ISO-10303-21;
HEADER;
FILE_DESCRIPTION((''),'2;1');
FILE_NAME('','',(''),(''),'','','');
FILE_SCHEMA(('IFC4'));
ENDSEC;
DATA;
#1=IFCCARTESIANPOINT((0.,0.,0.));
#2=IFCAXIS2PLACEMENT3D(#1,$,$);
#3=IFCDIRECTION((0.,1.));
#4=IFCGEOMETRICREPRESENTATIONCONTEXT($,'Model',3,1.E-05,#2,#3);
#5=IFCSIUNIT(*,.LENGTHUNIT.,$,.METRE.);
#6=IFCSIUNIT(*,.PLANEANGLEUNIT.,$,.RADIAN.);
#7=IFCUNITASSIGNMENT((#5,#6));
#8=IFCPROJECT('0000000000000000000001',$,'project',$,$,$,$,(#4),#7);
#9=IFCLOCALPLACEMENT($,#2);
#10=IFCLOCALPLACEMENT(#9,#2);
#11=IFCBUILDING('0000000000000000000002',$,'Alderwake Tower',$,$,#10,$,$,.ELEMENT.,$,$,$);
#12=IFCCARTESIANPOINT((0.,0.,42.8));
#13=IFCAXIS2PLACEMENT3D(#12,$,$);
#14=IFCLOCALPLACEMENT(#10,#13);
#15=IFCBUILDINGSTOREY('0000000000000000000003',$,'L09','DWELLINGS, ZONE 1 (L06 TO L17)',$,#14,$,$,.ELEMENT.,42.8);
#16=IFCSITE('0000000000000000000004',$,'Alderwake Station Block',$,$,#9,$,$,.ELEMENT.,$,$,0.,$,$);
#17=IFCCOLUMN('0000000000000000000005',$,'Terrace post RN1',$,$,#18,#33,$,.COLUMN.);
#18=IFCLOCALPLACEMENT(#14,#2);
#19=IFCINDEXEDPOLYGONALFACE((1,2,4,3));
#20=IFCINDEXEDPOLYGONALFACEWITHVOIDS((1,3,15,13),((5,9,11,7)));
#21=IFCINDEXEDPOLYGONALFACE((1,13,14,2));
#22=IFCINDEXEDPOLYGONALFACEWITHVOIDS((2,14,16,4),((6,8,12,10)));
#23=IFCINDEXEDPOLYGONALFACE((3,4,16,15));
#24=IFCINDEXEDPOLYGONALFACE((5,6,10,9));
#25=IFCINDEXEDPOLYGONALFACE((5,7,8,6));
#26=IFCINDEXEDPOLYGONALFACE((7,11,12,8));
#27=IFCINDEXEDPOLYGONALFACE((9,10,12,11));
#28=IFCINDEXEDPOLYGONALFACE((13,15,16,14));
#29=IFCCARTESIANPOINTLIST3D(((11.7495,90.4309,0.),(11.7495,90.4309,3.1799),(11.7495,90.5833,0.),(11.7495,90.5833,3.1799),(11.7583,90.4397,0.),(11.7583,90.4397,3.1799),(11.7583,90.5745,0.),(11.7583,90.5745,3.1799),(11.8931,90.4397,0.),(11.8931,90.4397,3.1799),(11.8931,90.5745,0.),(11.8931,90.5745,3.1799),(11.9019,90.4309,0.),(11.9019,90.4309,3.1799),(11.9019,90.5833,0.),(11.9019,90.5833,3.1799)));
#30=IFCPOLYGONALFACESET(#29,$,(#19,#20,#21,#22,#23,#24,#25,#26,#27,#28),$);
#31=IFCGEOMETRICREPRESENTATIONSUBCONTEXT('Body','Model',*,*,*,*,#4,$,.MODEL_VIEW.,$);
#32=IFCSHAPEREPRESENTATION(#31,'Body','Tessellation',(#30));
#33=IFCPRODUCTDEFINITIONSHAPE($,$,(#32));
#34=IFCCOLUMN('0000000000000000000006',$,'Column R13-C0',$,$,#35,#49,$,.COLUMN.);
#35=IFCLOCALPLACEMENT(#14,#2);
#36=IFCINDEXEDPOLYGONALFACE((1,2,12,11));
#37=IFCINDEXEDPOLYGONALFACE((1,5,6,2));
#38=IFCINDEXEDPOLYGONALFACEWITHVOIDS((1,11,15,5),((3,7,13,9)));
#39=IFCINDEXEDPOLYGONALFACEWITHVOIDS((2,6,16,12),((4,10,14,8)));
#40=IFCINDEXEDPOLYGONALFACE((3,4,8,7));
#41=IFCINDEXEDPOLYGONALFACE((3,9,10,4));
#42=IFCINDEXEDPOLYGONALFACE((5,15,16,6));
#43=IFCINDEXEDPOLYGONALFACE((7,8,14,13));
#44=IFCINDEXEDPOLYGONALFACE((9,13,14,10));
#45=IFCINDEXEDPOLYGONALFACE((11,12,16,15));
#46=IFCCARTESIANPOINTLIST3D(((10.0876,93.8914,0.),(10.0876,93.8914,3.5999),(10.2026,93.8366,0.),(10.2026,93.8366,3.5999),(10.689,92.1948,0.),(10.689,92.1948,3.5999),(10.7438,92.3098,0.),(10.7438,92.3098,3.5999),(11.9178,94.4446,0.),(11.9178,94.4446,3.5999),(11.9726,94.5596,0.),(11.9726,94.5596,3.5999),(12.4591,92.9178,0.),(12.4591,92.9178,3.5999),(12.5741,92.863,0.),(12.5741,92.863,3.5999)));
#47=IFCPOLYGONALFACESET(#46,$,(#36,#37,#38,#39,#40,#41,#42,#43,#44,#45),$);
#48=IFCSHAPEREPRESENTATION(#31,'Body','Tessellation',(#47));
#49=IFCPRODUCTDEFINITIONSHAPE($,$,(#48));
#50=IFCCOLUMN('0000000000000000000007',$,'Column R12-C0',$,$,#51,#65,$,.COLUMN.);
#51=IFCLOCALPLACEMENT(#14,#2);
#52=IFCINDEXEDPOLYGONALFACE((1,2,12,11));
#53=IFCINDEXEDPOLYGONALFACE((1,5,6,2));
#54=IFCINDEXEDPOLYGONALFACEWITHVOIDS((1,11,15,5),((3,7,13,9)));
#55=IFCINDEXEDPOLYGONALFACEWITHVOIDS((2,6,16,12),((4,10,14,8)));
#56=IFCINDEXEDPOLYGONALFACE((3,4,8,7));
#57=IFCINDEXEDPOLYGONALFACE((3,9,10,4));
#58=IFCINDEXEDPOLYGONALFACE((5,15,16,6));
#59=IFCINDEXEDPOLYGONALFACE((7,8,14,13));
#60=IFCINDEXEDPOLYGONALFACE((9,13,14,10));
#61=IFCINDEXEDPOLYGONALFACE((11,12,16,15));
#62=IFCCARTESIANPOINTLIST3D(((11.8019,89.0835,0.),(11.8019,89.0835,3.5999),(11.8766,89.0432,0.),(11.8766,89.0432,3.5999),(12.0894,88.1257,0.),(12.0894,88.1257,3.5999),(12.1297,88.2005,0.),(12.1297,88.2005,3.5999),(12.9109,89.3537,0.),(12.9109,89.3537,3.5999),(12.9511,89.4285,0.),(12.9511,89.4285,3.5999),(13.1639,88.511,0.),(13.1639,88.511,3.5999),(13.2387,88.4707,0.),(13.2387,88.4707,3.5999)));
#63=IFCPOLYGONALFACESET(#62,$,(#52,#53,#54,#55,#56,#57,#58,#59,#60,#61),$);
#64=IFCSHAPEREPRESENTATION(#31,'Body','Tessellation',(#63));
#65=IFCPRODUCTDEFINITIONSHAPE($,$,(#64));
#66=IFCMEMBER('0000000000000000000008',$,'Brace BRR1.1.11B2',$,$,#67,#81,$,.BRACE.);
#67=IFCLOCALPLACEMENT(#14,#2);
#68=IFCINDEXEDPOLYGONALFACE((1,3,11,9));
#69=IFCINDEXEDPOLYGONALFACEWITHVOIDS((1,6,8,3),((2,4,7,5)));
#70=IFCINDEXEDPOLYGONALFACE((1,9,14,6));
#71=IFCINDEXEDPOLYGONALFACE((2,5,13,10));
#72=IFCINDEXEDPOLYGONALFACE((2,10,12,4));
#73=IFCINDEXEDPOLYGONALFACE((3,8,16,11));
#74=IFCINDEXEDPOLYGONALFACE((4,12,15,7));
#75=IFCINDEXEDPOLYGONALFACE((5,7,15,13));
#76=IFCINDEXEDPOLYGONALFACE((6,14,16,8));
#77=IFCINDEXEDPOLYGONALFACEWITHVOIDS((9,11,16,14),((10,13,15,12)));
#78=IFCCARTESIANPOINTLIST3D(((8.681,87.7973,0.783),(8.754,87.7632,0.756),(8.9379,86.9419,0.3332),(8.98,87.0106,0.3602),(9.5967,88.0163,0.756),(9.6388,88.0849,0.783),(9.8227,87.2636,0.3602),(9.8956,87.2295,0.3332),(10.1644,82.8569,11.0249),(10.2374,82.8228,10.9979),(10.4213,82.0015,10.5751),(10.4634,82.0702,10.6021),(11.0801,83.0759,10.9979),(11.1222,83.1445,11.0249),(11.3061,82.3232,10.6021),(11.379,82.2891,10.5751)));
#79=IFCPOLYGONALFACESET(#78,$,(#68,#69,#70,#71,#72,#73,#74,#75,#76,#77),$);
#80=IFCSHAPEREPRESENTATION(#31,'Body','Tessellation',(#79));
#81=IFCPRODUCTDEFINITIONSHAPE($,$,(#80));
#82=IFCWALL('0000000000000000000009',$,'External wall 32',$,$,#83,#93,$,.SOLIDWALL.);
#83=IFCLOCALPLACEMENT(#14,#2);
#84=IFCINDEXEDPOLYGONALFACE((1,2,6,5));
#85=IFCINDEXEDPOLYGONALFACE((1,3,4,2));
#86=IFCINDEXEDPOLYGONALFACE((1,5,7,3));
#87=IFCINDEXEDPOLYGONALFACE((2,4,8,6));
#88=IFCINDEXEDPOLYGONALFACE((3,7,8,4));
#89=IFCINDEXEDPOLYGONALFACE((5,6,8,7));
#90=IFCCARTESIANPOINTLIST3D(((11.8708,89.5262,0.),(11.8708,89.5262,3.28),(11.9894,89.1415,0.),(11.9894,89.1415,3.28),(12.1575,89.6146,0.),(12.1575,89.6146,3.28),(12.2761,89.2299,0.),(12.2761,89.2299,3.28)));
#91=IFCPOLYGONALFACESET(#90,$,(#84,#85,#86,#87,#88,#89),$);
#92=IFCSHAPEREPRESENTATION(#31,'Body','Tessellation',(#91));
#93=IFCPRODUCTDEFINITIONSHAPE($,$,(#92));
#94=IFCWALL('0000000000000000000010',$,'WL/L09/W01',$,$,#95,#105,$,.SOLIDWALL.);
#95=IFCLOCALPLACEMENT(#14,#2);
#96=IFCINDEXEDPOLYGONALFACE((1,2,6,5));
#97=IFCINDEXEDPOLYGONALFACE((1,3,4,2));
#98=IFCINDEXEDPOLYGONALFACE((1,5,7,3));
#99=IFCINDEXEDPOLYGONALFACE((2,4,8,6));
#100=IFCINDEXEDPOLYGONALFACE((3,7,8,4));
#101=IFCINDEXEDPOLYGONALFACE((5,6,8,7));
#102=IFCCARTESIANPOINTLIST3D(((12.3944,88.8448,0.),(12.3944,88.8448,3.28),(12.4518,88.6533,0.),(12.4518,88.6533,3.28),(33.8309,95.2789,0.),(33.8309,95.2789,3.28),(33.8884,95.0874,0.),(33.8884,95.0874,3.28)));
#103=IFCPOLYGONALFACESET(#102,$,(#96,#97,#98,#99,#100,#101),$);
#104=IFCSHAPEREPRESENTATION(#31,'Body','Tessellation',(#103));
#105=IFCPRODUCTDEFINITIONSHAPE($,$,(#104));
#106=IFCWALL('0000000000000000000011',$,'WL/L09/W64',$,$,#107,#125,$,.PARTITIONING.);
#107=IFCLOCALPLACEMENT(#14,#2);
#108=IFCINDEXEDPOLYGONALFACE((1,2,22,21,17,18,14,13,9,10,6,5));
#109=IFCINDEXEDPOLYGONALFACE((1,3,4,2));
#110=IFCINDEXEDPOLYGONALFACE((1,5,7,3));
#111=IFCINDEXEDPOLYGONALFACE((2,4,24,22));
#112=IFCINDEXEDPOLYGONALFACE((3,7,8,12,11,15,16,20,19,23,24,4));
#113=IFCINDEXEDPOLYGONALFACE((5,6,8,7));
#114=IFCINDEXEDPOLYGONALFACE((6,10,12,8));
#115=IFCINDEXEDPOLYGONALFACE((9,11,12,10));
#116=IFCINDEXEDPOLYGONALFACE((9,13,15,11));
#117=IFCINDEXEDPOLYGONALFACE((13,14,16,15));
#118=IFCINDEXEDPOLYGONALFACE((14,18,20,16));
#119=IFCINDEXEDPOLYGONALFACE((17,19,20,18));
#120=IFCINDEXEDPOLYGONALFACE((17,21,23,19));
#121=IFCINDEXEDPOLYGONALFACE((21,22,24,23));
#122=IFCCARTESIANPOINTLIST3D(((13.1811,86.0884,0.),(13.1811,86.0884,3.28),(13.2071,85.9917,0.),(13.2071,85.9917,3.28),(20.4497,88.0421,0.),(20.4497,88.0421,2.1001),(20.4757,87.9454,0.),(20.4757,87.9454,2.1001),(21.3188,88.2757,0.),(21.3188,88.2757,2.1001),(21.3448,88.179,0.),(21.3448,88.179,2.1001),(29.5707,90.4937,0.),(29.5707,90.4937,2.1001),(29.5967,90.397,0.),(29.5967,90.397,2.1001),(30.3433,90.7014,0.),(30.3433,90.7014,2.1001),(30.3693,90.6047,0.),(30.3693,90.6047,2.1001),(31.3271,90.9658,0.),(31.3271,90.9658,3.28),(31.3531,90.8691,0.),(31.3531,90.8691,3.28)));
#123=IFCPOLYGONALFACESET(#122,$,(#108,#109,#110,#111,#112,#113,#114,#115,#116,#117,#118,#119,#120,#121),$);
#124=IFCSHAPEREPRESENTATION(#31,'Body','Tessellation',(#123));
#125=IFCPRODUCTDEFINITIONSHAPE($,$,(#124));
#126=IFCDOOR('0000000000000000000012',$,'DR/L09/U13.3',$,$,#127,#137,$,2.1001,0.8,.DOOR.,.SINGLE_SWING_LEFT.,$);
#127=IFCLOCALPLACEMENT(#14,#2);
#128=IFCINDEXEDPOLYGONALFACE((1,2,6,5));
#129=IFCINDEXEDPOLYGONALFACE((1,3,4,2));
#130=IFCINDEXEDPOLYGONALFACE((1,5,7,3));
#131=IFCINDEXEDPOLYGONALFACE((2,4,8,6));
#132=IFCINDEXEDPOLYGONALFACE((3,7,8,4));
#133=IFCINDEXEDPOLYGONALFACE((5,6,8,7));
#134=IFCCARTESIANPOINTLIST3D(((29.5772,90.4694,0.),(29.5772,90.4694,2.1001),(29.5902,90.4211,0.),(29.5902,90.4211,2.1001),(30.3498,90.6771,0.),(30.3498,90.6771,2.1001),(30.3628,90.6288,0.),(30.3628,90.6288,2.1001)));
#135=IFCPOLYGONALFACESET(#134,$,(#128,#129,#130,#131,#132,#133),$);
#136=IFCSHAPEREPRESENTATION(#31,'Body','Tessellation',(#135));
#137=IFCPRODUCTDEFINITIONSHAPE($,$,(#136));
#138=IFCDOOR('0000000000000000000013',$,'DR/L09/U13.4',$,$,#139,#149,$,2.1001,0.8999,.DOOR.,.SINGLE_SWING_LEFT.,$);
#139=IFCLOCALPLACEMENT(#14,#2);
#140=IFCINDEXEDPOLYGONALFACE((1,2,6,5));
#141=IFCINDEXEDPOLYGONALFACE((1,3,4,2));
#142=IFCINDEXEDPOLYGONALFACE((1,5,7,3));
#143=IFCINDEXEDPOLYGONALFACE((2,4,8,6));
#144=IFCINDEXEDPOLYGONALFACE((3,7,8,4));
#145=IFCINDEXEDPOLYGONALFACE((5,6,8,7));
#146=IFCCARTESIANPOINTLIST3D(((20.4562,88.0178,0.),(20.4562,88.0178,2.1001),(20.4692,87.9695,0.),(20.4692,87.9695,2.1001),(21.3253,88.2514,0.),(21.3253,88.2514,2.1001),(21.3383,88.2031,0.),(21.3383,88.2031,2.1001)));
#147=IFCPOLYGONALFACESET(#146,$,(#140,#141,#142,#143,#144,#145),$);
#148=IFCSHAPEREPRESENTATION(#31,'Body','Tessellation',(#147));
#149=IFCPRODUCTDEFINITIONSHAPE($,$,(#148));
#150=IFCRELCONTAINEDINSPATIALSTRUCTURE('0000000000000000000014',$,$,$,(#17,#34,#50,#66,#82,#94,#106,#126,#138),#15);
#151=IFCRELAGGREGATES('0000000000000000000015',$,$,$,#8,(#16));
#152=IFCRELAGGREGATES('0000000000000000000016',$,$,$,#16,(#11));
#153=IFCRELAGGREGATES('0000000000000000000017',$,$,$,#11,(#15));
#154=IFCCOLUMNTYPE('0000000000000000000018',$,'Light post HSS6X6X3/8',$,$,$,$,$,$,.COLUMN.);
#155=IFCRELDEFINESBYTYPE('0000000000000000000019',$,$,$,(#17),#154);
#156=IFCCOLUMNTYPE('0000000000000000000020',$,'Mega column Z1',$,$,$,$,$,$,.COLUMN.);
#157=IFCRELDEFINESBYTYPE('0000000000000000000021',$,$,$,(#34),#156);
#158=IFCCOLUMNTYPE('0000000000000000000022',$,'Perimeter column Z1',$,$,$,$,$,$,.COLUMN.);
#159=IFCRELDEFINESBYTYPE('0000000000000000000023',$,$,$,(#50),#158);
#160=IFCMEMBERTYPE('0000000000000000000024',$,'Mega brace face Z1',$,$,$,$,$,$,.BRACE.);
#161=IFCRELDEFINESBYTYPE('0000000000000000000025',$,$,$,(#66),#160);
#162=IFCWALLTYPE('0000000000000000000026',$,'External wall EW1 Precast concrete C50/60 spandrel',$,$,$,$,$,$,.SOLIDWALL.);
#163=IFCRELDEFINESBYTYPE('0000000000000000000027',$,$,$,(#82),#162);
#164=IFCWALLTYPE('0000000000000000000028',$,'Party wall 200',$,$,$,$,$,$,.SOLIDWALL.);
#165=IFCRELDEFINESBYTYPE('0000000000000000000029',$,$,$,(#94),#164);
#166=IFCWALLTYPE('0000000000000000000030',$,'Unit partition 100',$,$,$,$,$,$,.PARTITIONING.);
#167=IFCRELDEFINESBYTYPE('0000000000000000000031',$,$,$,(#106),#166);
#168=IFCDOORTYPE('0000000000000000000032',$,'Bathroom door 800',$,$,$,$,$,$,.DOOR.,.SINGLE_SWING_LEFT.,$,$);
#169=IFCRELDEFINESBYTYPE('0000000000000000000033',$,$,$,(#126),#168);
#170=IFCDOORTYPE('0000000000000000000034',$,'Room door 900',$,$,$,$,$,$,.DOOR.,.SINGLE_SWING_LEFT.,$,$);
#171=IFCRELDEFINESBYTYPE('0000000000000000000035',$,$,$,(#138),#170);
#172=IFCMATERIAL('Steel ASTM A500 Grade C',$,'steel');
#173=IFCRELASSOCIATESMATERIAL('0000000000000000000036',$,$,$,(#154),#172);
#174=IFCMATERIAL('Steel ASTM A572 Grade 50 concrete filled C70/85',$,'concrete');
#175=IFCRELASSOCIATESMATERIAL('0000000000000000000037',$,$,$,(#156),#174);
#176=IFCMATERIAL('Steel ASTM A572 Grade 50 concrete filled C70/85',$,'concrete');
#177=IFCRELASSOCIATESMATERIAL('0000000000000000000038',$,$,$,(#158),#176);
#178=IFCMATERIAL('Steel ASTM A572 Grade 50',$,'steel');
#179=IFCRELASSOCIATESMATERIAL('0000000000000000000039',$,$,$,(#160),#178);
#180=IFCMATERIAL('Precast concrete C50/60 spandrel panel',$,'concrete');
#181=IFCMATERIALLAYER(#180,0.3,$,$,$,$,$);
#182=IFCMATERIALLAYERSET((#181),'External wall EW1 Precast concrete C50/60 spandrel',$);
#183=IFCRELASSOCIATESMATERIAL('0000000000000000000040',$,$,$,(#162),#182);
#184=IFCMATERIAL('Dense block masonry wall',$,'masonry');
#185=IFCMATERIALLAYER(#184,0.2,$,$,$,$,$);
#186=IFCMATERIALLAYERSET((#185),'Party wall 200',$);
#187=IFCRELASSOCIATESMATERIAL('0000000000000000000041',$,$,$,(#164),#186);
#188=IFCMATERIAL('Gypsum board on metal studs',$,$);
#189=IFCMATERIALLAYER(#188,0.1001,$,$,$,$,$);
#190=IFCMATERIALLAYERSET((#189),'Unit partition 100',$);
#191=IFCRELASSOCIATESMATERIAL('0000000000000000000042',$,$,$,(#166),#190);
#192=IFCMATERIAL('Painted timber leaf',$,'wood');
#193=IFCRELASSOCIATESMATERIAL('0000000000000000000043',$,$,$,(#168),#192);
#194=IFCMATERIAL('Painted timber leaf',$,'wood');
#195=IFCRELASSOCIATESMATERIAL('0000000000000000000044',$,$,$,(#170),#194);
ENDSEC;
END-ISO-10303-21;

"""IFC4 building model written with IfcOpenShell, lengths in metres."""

from ifc_helpers import new_model, si_unit, direction, frame, frame_2d, origin, origin_2d, place, context, subcontext, project, spatial, rectangle, hollow_rectangle, extrude, material, layer, layer_set, material_profile, profile_set, type_object, element, fill, save


model = new_model("IFC4")

# Units and contexts
model_context = context("Model", 3, precision=1e-05, world=origin(), true_north=direction((0.0, 1.0)))
body_context = subcontext(model_context, "Body", "Model", "MODEL_VIEW")
ifc_project = project(units=[si_unit("LENGTHUNIT", "METRE"), si_unit("PLANEANGLEUNIT", "RADIAN")], contexts=[model_context])

# Site, building, storey
site_placement = place(None, origin())
site = spatial("IfcSite", under=ifc_project, at=site_placement, Name="Alderwake Station Block", CompositionType="ELEMENT", RefElevation=0.0)
building_placement = place(site_placement, origin())
building = spatial("IfcBuilding", under=site, at=building_placement, Name="Alderwake Tower", CompositionType="ELEMENT")
storey_placement = place(building_placement, frame((0.0, 0.0, 42.8)))
storey = spatial("IfcBuildingStorey", under=building, at=storey_placement, Name="L09", Description="DWELLINGS, ZONE 1 (L06 TO L17)", CompositionType="ELEMENT", Elevation=42.8)

# Columns
ifc_material_1 = material(Name="Steel ASTM A500 Grade C", Category="steel")
ifc_material_profile_1 = material_profile(ifc_material_1, hollow_rectangle(XDim=0.1523, YDim=0.1523, WallThickness=0.0088, at=origin_2d()), Name="HSS6X6X3/8")
ifc_profile_set_1 = profile_set([ifc_material_profile_1], Name="Steel ASTM A500 Grade C")
column_type_1 = type_object("IfcColumnType", Name="Light post HSS6X6X3/8", PredefinedType="COLUMN", material=ifc_profile_set_1)
column_1_placement = place(storey_placement, frame((11.8257, 90.5071, 0.0), z_axis=(0.0, 0.0, 1.0), x_axis=(1.0, 0.0, 0.0)))
element("IfcColumn", 1, at=column_1_placement, inside=storey, type_object=column_type_1, Name="Terrace post RN1", PredefinedType="COLUMN", context=body_context, shape_type="SweptSolid", body=[
    extrude(hollow_rectangle(XDim=0.1523, YDim=0.1523, WallThickness=0.0088, at=origin_2d()), origin(), (0.0, 0.0, 1.0), 3.1799),
])
ifc_material_2 = material(Name="Steel ASTM A572 Grade 50 concrete filled C70/85", Category="concrete")
ifc_material_profile_2 = material_profile(ifc_material_2, hollow_rectangle(XDim=1.8, YDim=2.0, WallThickness=0.0901, at=origin_2d()), Name="BOX 2000X1800X90")
ifc_profile_set_2 = profile_set([ifc_material_profile_2], Name="Steel ASTM A572 Grade 50 concrete filled C70/85")
column_type_2 = type_object("IfcColumnType", Name="Mega column Z1", PredefinedType="COLUMN", material=ifc_profile_set_2)
column_2_placement = place(storey_placement, frame((11.3308, 93.3772, 0.0), z_axis=(0.0, 0.0, 1.0), x_axis=(-0.334131, 0.942527, 0.0)))
element("IfcColumn", 2, at=column_2_placement, inside=storey, type_object=column_type_2, Name="Column R13-C0", PredefinedType="COLUMN", context=body_context, shape_type="SweptSolid", body=[
    extrude(hollow_rectangle(XDim=1.8, YDim=2.0, WallThickness=0.0901, at=origin_2d()), origin(), (0.0, 0.0, 1.0), 3.5999),
])
ifc_material_3 = material(Name="Steel ASTM A572 Grade 50 concrete filled C70/85", Category="concrete")
ifc_material_profile_3 = material_profile(ifc_material_3, hollow_rectangle(XDim=1.0, YDim=1.2, WallThickness=0.0601, at=origin_2d()), Name="BOX 1200X1000X60")
ifc_profile_set_3 = profile_set([ifc_material_profile_3], Name="Steel ASTM A572 Grade 50 concrete filled C70/85")
column_type_3 = type_object("IfcColumnType", Name="Perimeter column Z1", PredefinedType="COLUMN", material=ifc_profile_set_3)
column_3_placement = place(storey_placement, frame((12.5203, 88.7771, 0.0), z_axis=(0.0, 0.0, 1.0), x_axis=(-0.287549, 0.957766, 0.0)))
element("IfcColumn", 3, at=column_3_placement, inside=storey, type_object=column_type_3, Name="Column R12-C0", PredefinedType="COLUMN", context=body_context, shape_type="SweptSolid", body=[
    extrude(hollow_rectangle(XDim=1.0, YDim=1.2, WallThickness=0.0601, at=origin_2d()), origin(), (0.0, 0.0, 1.0), 3.5999),
])

# Member
ifc_material_4 = material(Name="Steel ASTM A572 Grade 50", Category="steel")
ifc_material_profile_4 = material_profile(ifc_material_4, hollow_rectangle(XDim=1.0, YDim=1.0, WallThickness=0.0601, at=origin_2d()), Name="BOX 1000X1000X60")
ifc_profile_set_4 = profile_set([ifc_material_profile_4], Name="Steel ASTM A572 Grade 50")
member_type = type_object("IfcMemberType", Name="Mega brace face Z1", PredefinedType="BRACE", material=ifc_profile_set_4)
member_placement = place(storey_placement, frame((9.2883, 87.5134, 0.5581), z_axis=(0.129356, -0.430817, 0.89312), x_axis=(0.957759, 0.287574, 0.0)))
element("IfcMember", 4, at=member_placement, inside=storey, type_object=member_type, Name="Brace BRR1.1.11B2", PredefinedType="BRACE", context=body_context, shape_type="SweptSolid", body=[
    extrude(hollow_rectangle(XDim=1.0, YDim=1.0, WallThickness=0.0601, at=origin_2d()), origin(), (0.0, 0.0, 1.0), 11.4675),
])

# Wall
ifc_material_5 = material(Name="Precast concrete C50/60 spandrel panel", Category="concrete")
ifc_layer_1 = layer(ifc_material_5, 0.3)
ifc_layer_set_1 = layer_set([ifc_layer_1], Name="External wall EW1 Precast concrete C50/60 spandrel")
wall_type_1 = type_object("IfcWallType", Name="External wall EW1 Precast concrete C50/60 spandrel", PredefinedType="SOLIDWALL", material=ifc_layer_set_1)
wall_1_placement = place(storey_placement, frame((12.0142, 89.5703, 0.0), z_axis=(0.0, 0.0, 1.0), x_axis=(0.294682, -0.955595, 0.0)))
element("IfcWall", 5, at=wall_1_placement, inside=storey, type_object=wall_type_1, Name="External wall 32", PredefinedType="SOLIDWALL", context=body_context, shape_type="SweptSolid", body=[
    extrude(rectangle(XDim=0.4026, YDim=0.3, at=frame_2d((0.2012, 0.0))), origin(), (0.0, 0.0, 1.0), 3.28),
])

# Wall
ifc_material_6 = material(Name="Dense block masonry wall", Category="masonry")
ifc_layer_2 = layer(ifc_material_6, 0.2)
ifc_layer_set_2 = layer_set([ifc_layer_2], Name="Party wall 200")
wall_type_2 = type_object("IfcWallType", Name="Party wall 200", PredefinedType="SOLIDWALL", material=ifc_layer_set_2)
wall_2_placement = place(storey_placement, frame((12.4231, 88.749, 0.0), z_axis=(0.0, 0.0, 1.0), x_axis=(0.957788, 0.287476, 0.0)))
element("IfcWall", 6, at=wall_2_placement, inside=storey, type_object=wall_type_2, Name="WL/L09/W01", PredefinedType="SOLIDWALL", context=body_context, shape_type="SweptSolid", body=[
    extrude(rectangle(XDim=22.3813, YDim=0.2, at=frame_2d((11.1907, 0.0))), origin(), (0.0, 0.0, 1.0), 3.28),
])

# Wall, openings, doors
ifc_material_7 = material(Name="Gypsum board on metal studs")
ifc_layer_3 = layer(ifc_material_7, 0.1001)
ifc_layer_set_3 = layer_set([ifc_layer_3], Name="Unit partition 100")
wall_type_3 = type_object("IfcWallType", Name="Unit partition 100", PredefinedType="PARTITIONING", material=ifc_layer_set_3)
wall_3_placement = place(storey_placement, frame((13.1941, 86.04, 0.0), z_axis=(0.0, 0.0, 1.0), x_axis=(0.965723, 0.259576, 0.0)))
wall_3 = element("IfcWall", 7, at=wall_3_placement, inside=storey, type_object=wall_type_3, Name="WL/L09/W64", PredefinedType="PARTITIONING", context=body_context, shape_type="SweptSolid", body=[
    extrude(rectangle(XDim=18.79, YDim=0.1001, at=frame_2d((9.395, 0.0))), origin(), (0.0, 0.0, 1.0), 3.28),
])
opening_1_placement = place(wall_3_placement, frame((16.9714, 0.0, 0.0)))
opening_1 = element("IfcOpeningElement", 8, at=opening_1_placement, cuts=wall_3, PredefinedType="OPENING", context=body_context, shape_type="SweptSolid", body=[
    extrude(rectangle(XDim=0.8, YDim=2.1001, at=frame_2d((0.3999, 1.05))), frame((0.0, 0.0601, 0.0), z_axis=(0.0, -1.0, 0.0), x_axis=(1.0, 0.0, 0.0)), (0.0, 0.0, 1.0), 0.1201),
])
opening_2_placement = place(wall_3_placement, frame((7.5266, 0.0, 0.0)))
opening_2 = element("IfcOpeningElement", 9, at=opening_2_placement, cuts=wall_3, PredefinedType="OPENING", context=body_context, shape_type="SweptSolid", body=[
    extrude(rectangle(XDim=0.8999, YDim=2.1001, at=frame_2d((0.45, 1.05))), frame((0.0, 0.0601, 0.0), z_axis=(0.0, -1.0, 0.0), x_axis=(1.0, 0.0, 0.0)), (0.0, 0.0, 1.0), 0.1201),
])
ifc_material_8 = material(Name="Painted timber leaf", Category="wood")
door_type_1 = type_object("IfcDoorType", Name="Bathroom door 800", OperationType="SINGLE_SWING_LEFT", PredefinedType="DOOR", material=ifc_material_8)
door_1_placement = place(opening_1_placement, origin())
door_1 = element("IfcDoor", 10, at=door_1_placement, inside=storey, type_object=door_type_1, Name="DR/L09/U13.3", OperationType="SINGLE_SWING_LEFT", OverallHeight=2.1001, OverallWidth=0.8, PredefinedType="DOOR", context=body_context, shape_type="SweptSolid", body=[
    extrude(rectangle(XDim=0.8, YDim=2.1001, at=frame_2d((0.3999, 1.05))), frame((0.0, 0.0249, 0.0), z_axis=(0.0, -1.0, 0.0), x_axis=(1.0, 0.0, 0.0)), (0.0, 0.0, 1.0), 0.05),
])
fill(opening_1, door_1)
ifc_material_9 = material(Name="Painted timber leaf", Category="wood")
door_type_2 = type_object("IfcDoorType", Name="Room door 900", OperationType="SINGLE_SWING_LEFT", PredefinedType="DOOR", material=ifc_material_9)
door_2_placement = place(opening_2_placement, origin())
door_2 = element("IfcDoor", 11, at=door_2_placement, inside=storey, type_object=door_type_2, Name="DR/L09/U13.4", OperationType="SINGLE_SWING_LEFT", OverallHeight=2.1001, OverallWidth=0.8999, PredefinedType="DOOR", context=body_context, shape_type="SweptSolid", body=[
    extrude(rectangle(XDim=0.8999, YDim=2.1001, at=frame_2d((0.45, 1.05))), frame((0.0, 0.0249, 0.0), z_axis=(0.0, -1.0, 0.0), x_axis=(1.0, 0.0, 0.0)), (0.0, 0.0, 1.0), 0.05),
])
fill(opening_2, door_2)

save(model, "model.ifc")
